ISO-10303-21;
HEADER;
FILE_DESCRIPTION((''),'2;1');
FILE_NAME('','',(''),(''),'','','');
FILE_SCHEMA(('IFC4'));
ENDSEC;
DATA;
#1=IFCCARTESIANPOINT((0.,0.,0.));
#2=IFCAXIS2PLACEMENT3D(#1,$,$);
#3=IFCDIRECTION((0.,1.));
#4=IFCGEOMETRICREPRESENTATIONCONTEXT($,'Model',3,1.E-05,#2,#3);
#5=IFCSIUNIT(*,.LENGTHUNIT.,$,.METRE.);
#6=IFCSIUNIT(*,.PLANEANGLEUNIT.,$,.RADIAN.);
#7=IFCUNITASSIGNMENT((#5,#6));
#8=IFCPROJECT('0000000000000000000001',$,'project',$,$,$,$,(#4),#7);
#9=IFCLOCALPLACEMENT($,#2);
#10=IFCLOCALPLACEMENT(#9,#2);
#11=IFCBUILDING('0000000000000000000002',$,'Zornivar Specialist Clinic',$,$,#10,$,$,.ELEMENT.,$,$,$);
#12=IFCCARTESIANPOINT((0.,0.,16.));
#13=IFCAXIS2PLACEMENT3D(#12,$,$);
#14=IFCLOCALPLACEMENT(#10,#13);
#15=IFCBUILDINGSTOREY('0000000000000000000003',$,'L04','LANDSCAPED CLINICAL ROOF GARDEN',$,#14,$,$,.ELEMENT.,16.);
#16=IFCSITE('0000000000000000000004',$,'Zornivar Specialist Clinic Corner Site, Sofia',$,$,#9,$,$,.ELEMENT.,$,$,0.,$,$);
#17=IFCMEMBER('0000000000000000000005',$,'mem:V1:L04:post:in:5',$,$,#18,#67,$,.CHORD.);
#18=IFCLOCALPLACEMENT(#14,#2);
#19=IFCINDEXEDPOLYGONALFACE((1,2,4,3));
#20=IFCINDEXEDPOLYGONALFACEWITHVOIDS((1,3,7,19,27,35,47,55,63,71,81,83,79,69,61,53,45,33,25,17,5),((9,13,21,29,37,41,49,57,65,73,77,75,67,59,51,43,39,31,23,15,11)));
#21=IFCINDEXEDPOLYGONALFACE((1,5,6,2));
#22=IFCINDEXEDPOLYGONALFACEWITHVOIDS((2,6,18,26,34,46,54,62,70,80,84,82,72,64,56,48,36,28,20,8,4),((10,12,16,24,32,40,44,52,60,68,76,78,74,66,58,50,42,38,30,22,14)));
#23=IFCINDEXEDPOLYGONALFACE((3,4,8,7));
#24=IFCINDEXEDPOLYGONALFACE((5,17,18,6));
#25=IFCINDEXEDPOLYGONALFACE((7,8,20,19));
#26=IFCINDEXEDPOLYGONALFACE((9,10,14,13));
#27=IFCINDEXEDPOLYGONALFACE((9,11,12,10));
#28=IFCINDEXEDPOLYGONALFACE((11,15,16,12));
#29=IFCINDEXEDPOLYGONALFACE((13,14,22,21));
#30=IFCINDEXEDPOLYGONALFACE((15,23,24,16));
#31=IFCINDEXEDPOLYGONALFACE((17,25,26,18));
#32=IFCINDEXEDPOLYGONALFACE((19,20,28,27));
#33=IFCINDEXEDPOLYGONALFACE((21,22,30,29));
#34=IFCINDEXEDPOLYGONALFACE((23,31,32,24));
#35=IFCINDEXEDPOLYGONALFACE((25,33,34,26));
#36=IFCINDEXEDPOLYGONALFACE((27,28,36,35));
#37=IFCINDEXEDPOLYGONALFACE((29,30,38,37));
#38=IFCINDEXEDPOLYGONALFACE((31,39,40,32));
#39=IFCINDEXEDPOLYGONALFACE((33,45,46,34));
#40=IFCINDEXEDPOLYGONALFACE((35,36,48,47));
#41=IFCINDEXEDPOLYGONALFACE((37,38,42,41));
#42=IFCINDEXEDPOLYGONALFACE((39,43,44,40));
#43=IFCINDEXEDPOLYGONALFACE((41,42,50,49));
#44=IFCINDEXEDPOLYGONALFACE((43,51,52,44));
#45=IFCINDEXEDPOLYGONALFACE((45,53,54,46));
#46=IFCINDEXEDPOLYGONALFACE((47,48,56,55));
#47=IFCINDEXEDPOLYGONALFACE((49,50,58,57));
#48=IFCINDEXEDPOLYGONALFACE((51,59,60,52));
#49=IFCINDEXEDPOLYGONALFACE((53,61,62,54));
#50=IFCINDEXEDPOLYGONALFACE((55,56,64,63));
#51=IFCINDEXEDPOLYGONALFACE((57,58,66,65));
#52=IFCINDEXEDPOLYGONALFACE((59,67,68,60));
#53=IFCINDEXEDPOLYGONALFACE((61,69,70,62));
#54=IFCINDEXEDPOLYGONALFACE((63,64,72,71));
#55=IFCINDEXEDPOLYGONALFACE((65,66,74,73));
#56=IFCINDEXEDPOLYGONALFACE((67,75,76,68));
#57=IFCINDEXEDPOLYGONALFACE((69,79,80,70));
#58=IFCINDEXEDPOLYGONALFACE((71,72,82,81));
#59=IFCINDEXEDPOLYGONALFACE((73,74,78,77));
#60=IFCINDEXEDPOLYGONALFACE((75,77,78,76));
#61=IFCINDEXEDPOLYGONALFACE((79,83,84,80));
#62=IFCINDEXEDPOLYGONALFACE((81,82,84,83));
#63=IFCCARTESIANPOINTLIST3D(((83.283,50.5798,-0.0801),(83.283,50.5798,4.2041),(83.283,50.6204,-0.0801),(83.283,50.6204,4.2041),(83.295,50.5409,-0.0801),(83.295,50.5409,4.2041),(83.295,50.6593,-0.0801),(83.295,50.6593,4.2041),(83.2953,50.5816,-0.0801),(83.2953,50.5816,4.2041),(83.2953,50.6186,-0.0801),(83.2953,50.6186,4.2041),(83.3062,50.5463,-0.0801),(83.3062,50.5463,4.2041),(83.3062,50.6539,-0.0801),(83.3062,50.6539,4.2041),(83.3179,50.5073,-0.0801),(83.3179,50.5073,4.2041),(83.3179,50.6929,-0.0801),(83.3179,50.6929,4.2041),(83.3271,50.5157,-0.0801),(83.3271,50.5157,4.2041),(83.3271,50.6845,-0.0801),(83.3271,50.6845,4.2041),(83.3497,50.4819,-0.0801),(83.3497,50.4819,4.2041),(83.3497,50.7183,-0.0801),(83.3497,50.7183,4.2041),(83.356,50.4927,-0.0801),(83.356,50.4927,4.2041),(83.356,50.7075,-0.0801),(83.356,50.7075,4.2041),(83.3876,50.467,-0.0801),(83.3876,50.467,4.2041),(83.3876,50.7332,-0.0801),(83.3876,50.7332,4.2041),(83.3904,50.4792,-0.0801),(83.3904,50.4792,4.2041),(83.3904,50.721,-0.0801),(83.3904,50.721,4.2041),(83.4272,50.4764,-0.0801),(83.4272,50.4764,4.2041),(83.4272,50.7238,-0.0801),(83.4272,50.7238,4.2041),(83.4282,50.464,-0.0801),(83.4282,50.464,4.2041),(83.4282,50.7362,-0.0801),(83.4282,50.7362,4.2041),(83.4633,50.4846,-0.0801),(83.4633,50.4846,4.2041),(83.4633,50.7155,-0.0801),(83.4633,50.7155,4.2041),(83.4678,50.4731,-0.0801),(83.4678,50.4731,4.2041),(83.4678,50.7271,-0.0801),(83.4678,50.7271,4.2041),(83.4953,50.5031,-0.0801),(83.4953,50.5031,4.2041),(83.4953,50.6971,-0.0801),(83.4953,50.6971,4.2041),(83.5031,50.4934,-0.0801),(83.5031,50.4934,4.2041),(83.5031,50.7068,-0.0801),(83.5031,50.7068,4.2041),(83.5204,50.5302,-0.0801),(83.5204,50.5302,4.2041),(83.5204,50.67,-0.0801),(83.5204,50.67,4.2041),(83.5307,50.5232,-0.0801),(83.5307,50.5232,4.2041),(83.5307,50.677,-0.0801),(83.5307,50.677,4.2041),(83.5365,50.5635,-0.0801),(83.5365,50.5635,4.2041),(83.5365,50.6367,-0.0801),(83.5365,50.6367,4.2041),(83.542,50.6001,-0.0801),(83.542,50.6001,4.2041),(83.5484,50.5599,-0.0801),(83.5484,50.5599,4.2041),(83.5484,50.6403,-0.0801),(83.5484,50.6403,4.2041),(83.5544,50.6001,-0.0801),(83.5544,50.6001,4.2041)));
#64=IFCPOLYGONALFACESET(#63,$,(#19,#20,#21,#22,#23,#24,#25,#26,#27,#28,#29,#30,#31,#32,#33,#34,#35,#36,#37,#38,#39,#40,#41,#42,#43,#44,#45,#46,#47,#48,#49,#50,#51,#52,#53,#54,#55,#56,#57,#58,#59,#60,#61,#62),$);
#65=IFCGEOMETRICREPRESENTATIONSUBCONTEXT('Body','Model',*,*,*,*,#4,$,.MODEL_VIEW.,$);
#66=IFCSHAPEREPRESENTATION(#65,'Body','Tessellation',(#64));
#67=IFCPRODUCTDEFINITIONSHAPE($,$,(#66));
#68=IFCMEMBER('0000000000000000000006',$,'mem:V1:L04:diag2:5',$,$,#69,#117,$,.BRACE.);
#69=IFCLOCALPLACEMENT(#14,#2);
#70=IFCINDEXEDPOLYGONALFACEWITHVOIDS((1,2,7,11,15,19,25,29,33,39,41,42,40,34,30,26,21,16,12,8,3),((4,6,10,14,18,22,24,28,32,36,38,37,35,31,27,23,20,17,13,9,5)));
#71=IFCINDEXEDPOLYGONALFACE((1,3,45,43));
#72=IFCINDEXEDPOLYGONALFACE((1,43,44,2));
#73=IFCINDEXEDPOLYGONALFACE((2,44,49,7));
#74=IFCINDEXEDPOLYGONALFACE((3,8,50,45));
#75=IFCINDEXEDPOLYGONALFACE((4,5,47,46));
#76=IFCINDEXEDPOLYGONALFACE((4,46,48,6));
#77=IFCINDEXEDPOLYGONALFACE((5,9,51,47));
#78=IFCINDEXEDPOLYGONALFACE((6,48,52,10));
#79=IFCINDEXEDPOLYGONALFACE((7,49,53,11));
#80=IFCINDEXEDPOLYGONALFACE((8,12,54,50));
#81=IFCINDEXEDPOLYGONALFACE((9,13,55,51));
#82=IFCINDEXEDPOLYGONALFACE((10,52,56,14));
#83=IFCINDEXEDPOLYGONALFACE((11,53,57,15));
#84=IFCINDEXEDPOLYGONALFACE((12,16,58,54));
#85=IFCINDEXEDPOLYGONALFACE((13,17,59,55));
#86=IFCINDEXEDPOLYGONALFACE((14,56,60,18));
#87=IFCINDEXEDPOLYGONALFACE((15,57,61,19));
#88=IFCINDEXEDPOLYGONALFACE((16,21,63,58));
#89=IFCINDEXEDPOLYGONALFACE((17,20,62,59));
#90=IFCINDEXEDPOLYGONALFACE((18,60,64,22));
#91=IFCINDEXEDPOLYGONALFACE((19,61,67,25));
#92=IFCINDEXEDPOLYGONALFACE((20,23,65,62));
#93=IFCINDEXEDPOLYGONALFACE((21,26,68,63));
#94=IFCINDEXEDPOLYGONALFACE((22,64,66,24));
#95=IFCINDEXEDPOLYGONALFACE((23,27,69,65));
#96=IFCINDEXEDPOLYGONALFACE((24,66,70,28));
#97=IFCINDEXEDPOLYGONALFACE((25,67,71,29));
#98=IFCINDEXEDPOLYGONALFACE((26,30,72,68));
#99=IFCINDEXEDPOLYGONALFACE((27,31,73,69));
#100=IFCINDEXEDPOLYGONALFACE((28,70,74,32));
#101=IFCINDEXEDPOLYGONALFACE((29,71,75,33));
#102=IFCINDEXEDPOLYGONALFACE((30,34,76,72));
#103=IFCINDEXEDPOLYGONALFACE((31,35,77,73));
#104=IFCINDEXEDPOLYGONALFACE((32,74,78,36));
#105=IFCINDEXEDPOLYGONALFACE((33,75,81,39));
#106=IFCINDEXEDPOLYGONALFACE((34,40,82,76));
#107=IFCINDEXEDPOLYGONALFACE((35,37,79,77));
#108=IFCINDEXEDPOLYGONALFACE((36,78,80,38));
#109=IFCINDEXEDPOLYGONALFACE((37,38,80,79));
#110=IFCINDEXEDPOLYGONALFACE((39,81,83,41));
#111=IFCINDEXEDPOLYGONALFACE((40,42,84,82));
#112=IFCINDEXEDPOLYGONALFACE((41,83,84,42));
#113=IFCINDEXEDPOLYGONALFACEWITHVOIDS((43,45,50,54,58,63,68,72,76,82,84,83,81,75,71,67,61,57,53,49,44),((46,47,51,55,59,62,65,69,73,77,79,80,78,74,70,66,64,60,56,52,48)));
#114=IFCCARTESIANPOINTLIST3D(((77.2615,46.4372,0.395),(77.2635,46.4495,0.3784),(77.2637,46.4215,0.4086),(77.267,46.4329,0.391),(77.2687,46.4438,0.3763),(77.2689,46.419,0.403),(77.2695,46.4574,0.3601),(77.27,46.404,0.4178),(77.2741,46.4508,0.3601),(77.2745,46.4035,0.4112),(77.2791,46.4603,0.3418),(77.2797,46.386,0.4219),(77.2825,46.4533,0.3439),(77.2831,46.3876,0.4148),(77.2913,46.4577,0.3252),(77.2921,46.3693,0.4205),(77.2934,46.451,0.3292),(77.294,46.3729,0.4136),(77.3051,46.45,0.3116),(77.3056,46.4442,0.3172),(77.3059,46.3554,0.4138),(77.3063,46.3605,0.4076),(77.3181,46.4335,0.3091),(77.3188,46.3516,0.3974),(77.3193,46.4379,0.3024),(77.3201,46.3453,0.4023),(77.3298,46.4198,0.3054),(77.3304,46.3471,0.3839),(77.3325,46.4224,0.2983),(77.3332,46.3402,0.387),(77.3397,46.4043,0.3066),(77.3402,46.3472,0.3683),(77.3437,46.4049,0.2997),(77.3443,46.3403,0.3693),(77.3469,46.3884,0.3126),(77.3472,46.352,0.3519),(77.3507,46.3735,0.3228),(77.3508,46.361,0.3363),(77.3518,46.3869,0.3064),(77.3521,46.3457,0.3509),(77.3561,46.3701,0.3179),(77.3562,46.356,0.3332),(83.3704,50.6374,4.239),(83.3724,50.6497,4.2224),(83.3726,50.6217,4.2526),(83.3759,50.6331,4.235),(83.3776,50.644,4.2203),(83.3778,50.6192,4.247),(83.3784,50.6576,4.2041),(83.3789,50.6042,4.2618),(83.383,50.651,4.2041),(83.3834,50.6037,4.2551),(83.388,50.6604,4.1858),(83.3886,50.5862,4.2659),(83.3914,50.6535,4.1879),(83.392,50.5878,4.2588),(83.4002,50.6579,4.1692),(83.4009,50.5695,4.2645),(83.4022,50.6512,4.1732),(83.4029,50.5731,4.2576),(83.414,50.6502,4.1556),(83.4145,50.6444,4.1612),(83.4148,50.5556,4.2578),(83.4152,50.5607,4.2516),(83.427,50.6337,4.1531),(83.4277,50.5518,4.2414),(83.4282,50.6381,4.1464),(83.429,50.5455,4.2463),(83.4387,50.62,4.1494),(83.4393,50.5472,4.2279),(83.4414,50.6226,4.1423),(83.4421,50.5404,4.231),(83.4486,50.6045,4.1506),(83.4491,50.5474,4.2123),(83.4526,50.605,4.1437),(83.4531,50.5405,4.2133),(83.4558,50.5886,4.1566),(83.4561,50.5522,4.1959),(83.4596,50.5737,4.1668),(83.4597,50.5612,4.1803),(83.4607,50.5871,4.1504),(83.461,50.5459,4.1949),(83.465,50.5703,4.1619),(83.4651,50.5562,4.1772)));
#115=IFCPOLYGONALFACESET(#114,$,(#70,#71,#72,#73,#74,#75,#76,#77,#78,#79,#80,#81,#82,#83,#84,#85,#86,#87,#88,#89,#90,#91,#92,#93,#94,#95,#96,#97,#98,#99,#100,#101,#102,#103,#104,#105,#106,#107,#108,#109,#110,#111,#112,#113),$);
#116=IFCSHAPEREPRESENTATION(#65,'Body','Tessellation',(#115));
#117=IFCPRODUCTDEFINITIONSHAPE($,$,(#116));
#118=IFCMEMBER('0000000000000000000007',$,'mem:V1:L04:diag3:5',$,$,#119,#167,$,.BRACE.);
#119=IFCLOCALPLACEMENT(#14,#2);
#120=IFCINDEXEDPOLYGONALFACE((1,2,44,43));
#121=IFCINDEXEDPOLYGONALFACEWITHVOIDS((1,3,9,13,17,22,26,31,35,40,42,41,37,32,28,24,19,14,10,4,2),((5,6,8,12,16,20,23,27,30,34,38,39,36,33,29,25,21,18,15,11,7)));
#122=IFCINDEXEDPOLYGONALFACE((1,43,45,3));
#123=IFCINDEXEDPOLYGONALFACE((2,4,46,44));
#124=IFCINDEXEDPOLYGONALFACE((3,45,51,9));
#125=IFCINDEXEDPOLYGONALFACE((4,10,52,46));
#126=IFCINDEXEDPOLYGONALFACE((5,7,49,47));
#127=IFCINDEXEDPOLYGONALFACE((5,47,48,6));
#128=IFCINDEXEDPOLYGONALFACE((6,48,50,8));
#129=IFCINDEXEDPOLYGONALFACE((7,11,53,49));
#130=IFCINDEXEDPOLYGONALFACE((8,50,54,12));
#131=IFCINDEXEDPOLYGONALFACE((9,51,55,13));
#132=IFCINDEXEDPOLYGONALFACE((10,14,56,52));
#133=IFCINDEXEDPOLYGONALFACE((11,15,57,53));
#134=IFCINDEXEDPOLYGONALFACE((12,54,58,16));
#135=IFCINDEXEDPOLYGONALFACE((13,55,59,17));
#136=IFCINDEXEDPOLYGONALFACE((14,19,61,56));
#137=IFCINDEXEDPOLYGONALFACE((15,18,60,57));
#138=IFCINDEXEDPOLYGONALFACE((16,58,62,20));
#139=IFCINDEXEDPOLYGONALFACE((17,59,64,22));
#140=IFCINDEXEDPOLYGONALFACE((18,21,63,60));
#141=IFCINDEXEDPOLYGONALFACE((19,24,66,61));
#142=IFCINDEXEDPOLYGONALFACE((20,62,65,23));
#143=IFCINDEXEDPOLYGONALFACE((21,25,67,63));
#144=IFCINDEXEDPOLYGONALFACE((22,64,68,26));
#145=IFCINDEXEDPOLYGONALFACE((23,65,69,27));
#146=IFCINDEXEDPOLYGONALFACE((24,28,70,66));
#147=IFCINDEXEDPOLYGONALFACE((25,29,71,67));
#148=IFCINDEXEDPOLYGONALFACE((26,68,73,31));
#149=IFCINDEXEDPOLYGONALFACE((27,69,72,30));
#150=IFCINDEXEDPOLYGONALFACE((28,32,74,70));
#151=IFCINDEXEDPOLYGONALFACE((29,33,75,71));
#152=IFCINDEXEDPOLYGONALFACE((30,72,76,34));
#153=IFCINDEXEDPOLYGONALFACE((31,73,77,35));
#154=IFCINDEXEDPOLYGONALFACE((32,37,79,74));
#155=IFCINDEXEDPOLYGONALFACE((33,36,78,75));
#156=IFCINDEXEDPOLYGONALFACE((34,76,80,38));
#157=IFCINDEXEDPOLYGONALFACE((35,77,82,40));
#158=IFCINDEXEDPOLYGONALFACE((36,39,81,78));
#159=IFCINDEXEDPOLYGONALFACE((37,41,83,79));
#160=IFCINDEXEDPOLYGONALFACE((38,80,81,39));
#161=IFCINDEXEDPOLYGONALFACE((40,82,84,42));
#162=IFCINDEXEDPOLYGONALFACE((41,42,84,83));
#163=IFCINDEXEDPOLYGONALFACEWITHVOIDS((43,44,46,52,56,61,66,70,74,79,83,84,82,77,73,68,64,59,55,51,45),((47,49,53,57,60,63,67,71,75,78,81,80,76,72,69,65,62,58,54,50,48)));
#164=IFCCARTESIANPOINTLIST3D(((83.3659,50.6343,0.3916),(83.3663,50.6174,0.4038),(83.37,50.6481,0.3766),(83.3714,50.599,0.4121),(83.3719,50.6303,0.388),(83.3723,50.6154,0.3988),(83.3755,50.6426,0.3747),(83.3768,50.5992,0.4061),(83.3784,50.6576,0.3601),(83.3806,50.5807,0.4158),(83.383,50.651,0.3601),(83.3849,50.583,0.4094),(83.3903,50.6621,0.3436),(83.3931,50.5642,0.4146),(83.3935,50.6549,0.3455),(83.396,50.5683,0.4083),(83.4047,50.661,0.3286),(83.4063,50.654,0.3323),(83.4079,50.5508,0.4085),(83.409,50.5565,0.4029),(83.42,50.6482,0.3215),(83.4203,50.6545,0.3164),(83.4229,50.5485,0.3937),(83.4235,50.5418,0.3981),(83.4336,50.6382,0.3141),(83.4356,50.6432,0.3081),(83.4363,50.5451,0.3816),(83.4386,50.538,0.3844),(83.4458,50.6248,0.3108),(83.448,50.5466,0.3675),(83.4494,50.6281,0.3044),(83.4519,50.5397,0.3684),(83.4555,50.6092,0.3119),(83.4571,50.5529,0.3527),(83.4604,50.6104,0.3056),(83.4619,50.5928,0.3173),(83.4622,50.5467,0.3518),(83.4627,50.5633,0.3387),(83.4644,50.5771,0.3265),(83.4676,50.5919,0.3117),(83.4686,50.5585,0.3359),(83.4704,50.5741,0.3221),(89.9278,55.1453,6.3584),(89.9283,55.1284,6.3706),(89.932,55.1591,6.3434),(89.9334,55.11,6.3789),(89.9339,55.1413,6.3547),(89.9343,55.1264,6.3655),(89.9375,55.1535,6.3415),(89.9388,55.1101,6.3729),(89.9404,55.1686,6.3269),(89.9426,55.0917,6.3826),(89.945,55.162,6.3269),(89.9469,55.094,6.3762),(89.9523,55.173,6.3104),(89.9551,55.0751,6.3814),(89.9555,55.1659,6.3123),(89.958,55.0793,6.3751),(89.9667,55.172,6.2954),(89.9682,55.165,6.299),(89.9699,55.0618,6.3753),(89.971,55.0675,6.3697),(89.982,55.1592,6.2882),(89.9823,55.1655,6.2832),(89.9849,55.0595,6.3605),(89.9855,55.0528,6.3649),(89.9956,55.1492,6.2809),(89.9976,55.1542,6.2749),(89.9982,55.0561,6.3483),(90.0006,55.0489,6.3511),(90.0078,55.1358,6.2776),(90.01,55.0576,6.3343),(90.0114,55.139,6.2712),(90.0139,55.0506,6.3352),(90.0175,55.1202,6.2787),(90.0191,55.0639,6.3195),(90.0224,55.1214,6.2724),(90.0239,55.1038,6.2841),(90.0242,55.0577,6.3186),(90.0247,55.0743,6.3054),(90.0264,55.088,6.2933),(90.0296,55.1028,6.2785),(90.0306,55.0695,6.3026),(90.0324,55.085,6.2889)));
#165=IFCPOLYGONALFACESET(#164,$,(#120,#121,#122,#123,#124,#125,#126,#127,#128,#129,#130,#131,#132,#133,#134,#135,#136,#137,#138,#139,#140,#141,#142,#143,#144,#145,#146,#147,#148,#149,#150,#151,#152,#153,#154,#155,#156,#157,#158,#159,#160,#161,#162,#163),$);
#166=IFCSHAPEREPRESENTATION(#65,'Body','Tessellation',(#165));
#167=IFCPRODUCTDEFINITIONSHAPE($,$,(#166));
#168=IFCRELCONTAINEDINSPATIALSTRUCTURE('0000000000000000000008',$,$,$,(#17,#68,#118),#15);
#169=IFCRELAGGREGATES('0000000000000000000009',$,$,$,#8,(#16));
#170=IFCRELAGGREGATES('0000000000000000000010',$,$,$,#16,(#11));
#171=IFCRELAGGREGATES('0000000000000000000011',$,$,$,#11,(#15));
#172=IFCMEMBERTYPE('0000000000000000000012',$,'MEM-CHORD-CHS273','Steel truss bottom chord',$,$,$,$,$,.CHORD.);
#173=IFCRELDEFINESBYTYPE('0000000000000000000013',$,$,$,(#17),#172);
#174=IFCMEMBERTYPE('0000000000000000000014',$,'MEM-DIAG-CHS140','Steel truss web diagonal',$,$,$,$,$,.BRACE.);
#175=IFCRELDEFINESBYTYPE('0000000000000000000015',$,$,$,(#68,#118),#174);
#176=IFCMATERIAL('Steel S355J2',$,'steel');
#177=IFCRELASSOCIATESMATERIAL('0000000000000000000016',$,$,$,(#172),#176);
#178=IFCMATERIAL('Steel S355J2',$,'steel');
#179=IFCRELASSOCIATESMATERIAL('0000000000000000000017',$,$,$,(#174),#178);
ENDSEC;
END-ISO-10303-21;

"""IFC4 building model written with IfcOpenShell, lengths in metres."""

from ifc_helpers import new_model, si_unit, direction, frame, origin, origin_2d, place, context, subcontext, project, spatial, hollow_circle, extrude, material, material_profile, profile_set, type_object, element, save


model = new_model("IFC4")

# Units and contexts
model_context = context("Model", 3, precision=1e-05, world=origin(), true_north=direction((0.0, 1.0)))
body_context = subcontext(model_context, "Body", "Model", "MODEL_VIEW")
ifc_project = project(units=[si_unit("LENGTHUNIT", "METRE"), si_unit("PLANEANGLEUNIT", "RADIAN")], contexts=[model_context])

# Site, building, storey
site_placement = place(None, origin())
site = spatial("IfcSite", under=ifc_project, at=site_placement, Name="Zornivar Specialist Clinic Corner Site, Sofia", CompositionType="ELEMENT", RefElevation=0.0)
building_placement = place(site_placement, origin())
building = spatial("IfcBuilding", under=site, at=building_placement, Name="Zornivar Specialist Clinic", CompositionType="ELEMENT")
storey_placement = place(building_placement, frame((0.0, 0.0, 16.0)))
storey = spatial("IfcBuildingStorey", under=building, at=storey_placement, Name="L04", Description="LANDSCAPED CLINICAL ROOF GARDEN", CompositionType="ELEMENT", Elevation=16.0)

# Members
ifc_material_1 = material(Name="Steel S355J2", Category="steel")
ifc_material_profile_1 = material_profile(ifc_material_1, hollow_circle(Radius=0.1365, WallThickness=0.0125, at=origin_2d()), Name="CHS 273x12.5")
ifc_profile_set_1 = profile_set([ifc_material_profile_1], Name="Steel S355J2")
member_type_1 = type_object("IfcMemberType", Name="MEM-CHORD-CHS273", Description="Steel truss bottom chord", PredefinedType="CHORD", material=ifc_profile_set_1)
member_1_placement = place(storey_placement, frame((83.418, 50.6001, -0.0801), z_axis=(0.0, 0.0, 1.0), x_axis=(1.0, 0.0, 0.0)))
element("IfcMember", 1, at=member_1_placement, inside=storey, type_object=member_type_1, Name="mem:V1:L04:post:in:5", PredefinedType="CHORD", context=body_context, shape_type="SweptSolid", body=[
    extrude(hollow_circle(Radius=0.1365, WallThickness=0.0125, at=origin_2d()), origin(), (0.0, 0.0, 1.0), 4.2842),
])
ifc_material_2 = material(Name="Steel S355J2", Category="steel")
ifc_material_profile_2 = material_profile(ifc_material_2, hollow_circle(Radius=0.0698, WallThickness=0.0081, at=origin_2d()), Name="CHS 139.7x8")
ifc_profile_set_2 = profile_set([ifc_material_profile_2], Name="Steel S355J2")
member_type_2 = type_object("IfcMemberType", Name="MEM-DIAG-CHS140", Description="Steel truss web diagonal", PredefinedType="BRACE", material=ifc_profile_set_2)
member_2_placement = place(storey_placement, frame((77.3091, 46.3999, 0.3601), z_axis=(0.73153, 0.502967, 0.460313), x_axis=(-0.56656, 0.824021, 0.0)))
element("IfcMember", 2, at=member_2_placement, inside=storey, type_object=member_type_2, Name="mem:V1:L04:diag2:5", PredefinedType="BRACE", context=body_context, shape_type="SweptSolid", body=[
    extrude(hollow_circle(Radius=0.0698, WallThickness=0.0081, at=origin_2d()), origin(), (0.0, 0.0, 1.0), 8.3508),
])
member_3_placement = place(storey_placement, frame((83.418, 50.6001, 0.3601), z_axis=(0.659468, 0.453344, 0.59965), x_axis=(-0.566495, 0.824065, 0.0)))
element("IfcMember", 3, at=member_3_placement, inside=storey, type_object=member_type_2, Name="mem:V1:L04:diag3:5", PredefinedType="BRACE", context=body_context, shape_type="SweptSolid", body=[
    extrude(hollow_circle(Radius=0.0698, WallThickness=0.0081, at=origin_2d()), origin(), (0.0, 0.0, 1.0), 9.9504),
])

save(model, "model.ifc")
